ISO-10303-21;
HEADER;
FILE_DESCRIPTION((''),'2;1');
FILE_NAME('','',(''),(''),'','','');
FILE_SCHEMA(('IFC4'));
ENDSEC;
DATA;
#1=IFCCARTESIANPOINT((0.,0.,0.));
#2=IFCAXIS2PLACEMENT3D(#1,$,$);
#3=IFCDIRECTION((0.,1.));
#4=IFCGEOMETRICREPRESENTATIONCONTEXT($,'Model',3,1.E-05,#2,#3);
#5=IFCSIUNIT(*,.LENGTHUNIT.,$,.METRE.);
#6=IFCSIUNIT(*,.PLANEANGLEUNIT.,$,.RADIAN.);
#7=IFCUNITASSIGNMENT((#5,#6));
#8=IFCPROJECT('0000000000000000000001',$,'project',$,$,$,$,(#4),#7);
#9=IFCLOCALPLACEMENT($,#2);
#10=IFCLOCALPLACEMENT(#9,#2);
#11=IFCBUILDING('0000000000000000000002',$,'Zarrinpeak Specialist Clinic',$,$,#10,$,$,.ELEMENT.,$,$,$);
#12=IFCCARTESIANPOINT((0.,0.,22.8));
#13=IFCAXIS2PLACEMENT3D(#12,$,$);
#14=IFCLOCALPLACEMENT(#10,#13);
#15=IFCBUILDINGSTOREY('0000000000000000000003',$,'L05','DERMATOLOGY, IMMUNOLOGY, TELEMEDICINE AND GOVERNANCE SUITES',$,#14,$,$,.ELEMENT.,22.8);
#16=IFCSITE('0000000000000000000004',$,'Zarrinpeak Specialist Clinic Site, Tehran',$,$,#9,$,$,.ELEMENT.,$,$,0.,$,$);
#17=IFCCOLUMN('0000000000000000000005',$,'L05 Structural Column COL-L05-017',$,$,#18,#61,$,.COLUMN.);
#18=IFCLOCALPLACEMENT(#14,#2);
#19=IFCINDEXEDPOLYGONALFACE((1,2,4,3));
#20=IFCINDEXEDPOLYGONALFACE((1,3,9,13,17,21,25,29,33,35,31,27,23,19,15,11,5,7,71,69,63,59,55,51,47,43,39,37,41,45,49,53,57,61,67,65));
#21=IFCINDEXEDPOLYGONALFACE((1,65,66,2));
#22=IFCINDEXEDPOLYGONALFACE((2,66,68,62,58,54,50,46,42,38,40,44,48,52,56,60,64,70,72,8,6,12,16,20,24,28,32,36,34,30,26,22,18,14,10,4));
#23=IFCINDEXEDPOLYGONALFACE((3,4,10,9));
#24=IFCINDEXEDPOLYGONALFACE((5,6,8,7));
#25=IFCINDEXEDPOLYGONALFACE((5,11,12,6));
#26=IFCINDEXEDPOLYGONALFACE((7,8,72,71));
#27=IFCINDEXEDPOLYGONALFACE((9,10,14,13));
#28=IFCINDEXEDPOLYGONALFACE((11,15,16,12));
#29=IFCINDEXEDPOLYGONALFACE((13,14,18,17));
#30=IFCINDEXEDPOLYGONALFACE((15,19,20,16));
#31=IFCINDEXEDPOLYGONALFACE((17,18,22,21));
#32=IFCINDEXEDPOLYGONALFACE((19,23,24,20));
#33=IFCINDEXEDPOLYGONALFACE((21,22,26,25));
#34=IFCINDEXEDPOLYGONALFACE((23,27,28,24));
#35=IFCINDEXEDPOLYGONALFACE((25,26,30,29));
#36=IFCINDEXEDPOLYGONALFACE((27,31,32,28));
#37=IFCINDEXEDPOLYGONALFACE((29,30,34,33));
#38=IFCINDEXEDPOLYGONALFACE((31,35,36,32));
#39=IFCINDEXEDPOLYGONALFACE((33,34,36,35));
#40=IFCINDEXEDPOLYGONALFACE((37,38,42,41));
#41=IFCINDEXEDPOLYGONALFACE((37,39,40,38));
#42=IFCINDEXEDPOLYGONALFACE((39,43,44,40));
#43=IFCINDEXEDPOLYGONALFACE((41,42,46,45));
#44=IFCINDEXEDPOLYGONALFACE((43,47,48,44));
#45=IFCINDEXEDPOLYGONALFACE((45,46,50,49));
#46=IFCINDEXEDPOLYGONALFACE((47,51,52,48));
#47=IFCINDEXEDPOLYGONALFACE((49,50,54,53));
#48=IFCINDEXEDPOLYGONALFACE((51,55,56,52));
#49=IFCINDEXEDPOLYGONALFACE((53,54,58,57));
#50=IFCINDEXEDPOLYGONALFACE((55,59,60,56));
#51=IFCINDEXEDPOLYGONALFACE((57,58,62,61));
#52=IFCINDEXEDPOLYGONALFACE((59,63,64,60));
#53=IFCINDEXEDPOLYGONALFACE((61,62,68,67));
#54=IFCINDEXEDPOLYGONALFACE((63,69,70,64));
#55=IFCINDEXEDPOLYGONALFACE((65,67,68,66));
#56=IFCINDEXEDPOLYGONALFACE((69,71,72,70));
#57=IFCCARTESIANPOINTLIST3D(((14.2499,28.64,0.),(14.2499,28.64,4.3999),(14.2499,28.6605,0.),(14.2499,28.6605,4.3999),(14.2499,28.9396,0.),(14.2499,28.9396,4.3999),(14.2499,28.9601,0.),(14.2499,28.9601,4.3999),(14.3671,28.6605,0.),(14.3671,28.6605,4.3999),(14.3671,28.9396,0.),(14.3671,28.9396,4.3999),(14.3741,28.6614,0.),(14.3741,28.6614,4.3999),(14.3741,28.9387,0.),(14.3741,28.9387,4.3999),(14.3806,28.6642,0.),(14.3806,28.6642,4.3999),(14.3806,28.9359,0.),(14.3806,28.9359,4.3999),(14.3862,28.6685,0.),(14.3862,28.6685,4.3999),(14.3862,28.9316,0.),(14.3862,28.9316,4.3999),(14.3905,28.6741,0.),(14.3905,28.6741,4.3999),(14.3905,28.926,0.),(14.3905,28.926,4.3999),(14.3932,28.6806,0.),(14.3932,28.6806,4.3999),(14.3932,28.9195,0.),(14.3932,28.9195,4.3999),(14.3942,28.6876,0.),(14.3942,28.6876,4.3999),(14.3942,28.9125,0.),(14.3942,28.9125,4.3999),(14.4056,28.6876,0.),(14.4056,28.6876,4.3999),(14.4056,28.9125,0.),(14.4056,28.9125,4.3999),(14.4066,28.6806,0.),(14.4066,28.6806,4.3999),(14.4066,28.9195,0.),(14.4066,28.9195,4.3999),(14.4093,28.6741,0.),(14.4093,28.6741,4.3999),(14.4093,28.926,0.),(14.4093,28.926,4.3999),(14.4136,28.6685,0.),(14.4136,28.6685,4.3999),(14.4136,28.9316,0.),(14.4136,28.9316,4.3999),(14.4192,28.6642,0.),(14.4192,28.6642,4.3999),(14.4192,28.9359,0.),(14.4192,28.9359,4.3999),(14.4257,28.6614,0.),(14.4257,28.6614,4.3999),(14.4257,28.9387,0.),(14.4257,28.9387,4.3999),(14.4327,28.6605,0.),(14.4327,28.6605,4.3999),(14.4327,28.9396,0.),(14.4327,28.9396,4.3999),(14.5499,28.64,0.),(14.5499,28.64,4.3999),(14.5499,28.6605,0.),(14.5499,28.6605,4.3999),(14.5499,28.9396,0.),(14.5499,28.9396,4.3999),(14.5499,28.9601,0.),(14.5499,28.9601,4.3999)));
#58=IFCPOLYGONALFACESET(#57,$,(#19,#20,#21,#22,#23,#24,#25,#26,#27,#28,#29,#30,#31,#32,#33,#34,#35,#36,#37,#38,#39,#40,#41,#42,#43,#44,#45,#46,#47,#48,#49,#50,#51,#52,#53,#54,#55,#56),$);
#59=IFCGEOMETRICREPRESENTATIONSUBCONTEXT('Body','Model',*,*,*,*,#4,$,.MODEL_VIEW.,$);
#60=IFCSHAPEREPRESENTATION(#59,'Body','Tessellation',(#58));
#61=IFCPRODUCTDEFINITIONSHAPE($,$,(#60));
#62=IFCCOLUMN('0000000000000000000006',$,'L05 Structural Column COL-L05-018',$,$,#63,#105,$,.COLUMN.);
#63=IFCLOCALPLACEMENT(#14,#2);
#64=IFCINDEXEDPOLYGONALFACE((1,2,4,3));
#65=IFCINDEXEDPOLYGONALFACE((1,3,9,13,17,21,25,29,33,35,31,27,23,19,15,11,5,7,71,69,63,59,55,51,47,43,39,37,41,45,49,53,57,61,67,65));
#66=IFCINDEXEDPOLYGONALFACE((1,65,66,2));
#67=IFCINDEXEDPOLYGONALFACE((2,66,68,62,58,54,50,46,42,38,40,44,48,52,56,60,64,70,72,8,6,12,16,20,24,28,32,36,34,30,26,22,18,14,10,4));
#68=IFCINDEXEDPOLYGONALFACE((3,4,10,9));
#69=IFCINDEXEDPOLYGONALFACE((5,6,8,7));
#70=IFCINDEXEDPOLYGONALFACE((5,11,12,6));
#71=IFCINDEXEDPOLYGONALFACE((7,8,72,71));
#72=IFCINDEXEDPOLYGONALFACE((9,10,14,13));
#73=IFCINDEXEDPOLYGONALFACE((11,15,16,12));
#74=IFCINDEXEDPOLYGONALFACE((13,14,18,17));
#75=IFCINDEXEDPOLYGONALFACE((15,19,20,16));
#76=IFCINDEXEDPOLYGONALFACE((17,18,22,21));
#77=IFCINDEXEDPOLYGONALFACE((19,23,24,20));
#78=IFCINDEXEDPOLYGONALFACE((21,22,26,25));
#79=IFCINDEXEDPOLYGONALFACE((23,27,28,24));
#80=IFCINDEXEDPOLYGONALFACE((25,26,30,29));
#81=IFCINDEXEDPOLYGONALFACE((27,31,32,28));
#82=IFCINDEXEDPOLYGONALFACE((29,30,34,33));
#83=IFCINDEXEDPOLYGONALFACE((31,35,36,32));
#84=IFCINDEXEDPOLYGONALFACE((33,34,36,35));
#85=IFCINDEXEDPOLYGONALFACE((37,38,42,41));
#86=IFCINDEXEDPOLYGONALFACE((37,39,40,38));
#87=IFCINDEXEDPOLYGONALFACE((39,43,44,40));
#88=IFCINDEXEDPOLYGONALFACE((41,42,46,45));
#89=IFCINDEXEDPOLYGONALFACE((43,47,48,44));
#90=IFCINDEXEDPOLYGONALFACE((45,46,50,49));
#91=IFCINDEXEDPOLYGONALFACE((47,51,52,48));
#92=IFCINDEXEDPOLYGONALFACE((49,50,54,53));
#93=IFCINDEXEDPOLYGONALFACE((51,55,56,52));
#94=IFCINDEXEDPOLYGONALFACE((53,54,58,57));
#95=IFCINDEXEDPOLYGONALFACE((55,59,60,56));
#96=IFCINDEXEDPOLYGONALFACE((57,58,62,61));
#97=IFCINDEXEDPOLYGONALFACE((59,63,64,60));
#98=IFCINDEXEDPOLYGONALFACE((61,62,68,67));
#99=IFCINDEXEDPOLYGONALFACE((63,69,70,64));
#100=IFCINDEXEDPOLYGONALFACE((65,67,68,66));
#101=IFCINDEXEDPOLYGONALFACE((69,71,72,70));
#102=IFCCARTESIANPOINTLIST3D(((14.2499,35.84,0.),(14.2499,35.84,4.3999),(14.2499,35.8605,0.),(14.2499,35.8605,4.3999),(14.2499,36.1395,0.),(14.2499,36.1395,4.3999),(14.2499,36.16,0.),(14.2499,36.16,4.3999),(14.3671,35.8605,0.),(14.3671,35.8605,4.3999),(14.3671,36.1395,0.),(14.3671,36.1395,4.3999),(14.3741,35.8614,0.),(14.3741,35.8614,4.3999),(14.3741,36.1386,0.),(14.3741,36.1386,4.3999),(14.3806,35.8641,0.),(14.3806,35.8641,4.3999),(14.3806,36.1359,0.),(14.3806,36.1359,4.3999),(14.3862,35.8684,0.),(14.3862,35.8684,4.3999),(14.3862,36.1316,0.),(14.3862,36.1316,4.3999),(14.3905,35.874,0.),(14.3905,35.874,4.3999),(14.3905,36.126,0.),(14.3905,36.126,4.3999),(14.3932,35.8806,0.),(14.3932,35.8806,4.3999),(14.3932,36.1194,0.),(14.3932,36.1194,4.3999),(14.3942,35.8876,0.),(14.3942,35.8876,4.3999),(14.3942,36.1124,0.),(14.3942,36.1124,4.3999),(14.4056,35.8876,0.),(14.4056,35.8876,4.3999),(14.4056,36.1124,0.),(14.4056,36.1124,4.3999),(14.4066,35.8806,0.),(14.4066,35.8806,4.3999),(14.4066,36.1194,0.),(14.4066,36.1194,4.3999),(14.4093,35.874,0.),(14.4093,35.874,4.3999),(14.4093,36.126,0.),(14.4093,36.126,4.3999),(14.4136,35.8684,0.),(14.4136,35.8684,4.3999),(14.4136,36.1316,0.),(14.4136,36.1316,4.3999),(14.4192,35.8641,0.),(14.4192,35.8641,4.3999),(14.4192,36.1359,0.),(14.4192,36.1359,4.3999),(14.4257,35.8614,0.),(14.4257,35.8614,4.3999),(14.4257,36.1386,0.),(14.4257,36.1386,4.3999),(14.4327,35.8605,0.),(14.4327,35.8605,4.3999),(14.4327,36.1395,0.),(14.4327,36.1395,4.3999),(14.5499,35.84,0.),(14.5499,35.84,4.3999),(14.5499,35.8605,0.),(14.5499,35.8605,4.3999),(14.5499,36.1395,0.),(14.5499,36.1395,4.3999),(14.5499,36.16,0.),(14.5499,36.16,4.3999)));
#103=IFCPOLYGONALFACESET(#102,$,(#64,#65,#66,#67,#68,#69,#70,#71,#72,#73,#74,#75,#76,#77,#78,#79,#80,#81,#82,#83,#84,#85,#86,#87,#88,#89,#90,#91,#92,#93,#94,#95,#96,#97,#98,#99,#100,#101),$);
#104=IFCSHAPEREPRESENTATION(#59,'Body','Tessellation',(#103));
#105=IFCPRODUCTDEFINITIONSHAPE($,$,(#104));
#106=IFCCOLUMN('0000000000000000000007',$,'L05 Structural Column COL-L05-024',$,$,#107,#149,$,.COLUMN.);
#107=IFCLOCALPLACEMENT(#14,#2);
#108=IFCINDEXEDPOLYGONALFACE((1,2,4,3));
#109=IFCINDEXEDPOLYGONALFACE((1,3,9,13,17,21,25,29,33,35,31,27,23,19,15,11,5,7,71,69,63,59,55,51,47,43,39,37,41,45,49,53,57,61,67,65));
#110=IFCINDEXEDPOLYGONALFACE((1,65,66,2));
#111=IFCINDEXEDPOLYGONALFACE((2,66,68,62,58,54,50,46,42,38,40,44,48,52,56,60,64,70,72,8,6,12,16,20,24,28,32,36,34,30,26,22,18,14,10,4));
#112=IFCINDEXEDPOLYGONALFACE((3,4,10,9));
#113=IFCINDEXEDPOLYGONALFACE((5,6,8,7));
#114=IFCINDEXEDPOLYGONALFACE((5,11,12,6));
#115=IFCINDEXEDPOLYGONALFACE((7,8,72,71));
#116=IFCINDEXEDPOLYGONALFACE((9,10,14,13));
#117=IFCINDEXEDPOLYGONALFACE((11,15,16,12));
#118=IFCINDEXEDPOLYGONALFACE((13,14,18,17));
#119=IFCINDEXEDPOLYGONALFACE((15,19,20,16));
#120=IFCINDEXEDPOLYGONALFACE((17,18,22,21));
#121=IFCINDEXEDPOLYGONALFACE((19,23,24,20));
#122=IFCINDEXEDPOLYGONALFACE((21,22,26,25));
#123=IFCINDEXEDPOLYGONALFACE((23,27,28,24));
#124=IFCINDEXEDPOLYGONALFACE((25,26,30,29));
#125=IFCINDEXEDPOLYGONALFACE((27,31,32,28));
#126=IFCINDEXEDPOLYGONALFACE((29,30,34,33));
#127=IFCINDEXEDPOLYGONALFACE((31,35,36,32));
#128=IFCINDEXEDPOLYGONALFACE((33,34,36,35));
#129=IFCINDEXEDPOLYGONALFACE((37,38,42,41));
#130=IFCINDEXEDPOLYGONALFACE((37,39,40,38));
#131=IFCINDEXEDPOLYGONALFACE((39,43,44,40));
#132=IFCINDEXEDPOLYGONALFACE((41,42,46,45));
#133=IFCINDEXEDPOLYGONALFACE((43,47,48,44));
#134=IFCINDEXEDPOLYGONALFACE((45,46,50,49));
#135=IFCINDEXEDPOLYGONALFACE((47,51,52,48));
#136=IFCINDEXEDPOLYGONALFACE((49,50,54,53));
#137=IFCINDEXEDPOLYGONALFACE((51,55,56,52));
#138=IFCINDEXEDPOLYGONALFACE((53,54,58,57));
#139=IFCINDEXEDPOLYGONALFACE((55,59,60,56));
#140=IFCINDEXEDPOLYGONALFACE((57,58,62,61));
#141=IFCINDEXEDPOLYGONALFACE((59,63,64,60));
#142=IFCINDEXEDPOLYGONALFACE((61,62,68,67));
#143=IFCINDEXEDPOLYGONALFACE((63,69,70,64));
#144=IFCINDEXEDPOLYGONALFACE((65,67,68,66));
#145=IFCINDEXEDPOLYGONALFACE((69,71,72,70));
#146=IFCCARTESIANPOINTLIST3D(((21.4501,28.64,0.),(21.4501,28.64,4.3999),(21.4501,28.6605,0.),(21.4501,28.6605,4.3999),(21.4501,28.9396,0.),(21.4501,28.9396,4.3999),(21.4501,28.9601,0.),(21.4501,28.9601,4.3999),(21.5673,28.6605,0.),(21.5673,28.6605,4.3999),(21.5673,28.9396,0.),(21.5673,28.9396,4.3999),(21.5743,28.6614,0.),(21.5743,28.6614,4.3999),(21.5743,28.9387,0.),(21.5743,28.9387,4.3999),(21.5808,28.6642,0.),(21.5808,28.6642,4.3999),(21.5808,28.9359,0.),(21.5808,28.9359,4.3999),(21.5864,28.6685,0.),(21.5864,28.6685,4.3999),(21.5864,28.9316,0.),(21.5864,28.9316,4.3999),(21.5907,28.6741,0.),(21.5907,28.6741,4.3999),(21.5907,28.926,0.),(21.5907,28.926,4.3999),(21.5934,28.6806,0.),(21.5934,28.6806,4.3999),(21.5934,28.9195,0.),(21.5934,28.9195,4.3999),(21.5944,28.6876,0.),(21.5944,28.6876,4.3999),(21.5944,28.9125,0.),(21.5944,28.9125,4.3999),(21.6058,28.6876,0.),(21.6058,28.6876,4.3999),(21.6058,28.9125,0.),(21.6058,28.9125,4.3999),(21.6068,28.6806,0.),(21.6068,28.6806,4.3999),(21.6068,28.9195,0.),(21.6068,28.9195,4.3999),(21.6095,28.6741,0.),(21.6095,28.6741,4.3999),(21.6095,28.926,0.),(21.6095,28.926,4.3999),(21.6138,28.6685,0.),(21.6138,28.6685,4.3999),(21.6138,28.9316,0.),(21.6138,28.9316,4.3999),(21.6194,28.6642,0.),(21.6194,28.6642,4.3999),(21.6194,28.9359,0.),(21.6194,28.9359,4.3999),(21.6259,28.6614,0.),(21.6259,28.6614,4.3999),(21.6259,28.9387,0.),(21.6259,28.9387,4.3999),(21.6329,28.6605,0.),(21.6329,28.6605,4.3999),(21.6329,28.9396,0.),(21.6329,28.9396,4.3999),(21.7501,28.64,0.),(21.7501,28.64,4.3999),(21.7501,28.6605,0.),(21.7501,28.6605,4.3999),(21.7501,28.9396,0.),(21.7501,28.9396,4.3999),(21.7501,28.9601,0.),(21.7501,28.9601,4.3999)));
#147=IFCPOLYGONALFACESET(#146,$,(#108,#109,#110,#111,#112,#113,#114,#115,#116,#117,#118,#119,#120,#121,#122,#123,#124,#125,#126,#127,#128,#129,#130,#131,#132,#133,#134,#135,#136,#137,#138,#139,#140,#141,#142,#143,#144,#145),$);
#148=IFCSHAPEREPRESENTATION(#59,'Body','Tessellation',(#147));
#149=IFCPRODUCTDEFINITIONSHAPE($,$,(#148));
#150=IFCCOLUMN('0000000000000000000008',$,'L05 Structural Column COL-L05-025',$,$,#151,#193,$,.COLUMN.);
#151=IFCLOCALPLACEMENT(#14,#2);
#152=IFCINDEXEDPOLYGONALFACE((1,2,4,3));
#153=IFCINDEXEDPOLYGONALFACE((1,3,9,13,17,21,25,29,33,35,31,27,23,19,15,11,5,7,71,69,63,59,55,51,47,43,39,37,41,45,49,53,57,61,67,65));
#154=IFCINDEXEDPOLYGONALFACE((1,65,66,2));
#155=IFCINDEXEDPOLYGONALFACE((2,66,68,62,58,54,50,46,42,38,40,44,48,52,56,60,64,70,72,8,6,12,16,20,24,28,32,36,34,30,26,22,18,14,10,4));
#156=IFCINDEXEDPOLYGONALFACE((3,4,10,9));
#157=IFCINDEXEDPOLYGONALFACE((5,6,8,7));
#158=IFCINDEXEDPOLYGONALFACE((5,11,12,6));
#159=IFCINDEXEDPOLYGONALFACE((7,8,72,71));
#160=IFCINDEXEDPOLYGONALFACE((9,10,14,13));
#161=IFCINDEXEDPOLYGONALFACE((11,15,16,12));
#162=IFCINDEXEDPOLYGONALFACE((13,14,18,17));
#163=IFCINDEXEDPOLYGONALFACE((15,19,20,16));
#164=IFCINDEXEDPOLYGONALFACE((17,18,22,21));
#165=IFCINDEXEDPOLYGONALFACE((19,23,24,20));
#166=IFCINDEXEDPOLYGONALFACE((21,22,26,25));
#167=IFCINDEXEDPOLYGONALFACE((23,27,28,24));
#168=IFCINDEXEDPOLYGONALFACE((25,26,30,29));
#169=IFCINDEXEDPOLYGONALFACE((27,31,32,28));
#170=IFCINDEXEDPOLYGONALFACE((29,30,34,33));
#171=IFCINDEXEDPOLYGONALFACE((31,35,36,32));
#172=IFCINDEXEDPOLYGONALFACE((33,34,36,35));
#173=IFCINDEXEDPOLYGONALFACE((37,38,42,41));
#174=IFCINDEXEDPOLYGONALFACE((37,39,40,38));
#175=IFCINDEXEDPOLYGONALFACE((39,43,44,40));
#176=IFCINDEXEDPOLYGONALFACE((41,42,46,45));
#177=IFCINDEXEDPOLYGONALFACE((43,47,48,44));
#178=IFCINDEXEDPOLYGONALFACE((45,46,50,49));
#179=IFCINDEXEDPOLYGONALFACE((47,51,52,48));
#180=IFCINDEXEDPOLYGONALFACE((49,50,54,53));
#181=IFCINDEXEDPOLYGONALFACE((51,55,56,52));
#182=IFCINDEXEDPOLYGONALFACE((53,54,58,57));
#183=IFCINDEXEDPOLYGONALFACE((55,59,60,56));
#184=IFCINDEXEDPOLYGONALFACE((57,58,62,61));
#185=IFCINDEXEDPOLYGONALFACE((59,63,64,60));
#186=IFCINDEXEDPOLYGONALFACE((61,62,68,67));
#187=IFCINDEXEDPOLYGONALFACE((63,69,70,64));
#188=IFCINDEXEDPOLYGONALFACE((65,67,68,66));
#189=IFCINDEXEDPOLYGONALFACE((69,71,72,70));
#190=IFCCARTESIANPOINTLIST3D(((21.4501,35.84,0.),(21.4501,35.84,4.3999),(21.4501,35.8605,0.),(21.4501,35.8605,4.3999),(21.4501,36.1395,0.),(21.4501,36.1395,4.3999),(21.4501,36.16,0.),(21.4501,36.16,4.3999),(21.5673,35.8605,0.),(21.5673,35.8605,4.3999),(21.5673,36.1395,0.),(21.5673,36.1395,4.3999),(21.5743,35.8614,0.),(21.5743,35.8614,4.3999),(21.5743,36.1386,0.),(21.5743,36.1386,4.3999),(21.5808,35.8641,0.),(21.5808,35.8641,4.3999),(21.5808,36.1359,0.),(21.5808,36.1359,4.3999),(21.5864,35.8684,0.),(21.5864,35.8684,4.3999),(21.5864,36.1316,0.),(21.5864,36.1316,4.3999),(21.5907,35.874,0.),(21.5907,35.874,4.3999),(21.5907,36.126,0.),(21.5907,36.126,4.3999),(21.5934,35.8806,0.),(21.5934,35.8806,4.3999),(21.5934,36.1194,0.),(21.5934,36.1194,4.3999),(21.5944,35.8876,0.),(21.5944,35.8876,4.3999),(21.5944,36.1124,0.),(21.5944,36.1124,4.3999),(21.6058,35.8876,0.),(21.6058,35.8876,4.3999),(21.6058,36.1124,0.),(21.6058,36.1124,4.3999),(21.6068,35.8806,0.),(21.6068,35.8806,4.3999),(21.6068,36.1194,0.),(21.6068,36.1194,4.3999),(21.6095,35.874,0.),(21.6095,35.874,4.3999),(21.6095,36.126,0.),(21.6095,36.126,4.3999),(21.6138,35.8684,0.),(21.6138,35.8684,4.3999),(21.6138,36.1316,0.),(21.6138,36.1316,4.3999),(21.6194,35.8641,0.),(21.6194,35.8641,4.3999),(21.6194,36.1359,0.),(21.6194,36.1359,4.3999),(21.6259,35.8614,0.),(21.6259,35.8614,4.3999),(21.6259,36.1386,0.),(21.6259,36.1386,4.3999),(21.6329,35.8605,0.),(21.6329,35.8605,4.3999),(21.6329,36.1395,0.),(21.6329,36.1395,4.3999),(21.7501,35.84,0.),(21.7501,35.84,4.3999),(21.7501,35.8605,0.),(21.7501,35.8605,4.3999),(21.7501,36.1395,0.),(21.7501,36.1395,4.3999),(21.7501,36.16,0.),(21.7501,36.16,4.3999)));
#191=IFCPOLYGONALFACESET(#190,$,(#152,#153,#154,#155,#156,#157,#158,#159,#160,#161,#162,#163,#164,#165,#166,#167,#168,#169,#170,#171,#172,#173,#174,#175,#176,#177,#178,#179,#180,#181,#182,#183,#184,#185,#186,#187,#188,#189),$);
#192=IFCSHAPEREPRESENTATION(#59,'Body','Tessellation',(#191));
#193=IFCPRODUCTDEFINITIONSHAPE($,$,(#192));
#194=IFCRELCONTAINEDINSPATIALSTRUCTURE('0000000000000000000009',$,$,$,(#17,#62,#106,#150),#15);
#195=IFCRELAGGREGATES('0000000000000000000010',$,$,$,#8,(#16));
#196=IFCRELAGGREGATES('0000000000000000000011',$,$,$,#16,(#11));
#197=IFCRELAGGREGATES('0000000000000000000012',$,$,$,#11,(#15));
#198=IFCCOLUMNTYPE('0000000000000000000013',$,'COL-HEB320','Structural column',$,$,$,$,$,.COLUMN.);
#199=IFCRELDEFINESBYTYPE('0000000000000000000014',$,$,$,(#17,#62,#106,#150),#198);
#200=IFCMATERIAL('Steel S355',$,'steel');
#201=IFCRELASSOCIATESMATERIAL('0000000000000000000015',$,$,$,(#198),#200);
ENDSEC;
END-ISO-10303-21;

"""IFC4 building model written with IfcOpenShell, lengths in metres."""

from ifc_helpers import new_model, si_unit, direction, frame, origin, origin_2d, place, context, subcontext, project, spatial, i_section, extrude, material, material_profile, profile_set, type_object, element, save


model = new_model("IFC4")

# Units and contexts
model_context = context("Model", 3, precision=1e-05, world=origin(), true_north=direction((0.0, 1.0)))
body_context = subcontext(model_context, "Body", "Model", "MODEL_VIEW")
ifc_project = project(units=[si_unit("LENGTHUNIT", "METRE"), si_unit("PLANEANGLEUNIT", "RADIAN")], contexts=[model_context])

# Site, building, storey
site_placement = place(None, origin())
site = spatial("IfcSite", under=ifc_project, at=site_placement, Name="Zarrinpeak Specialist Clinic Site, Tehran", CompositionType="ELEMENT", RefElevation=0.0)
building_placement = place(site_placement, origin())
building = spatial("IfcBuilding", under=site, at=building_placement, Name="Zarrinpeak Specialist Clinic", CompositionType="ELEMENT")
storey_placement = place(building_placement, frame((0.0, 0.0, 22.8)))
storey = spatial("IfcBuildingStorey", under=building, at=storey_placement, Name="L05", Description="DERMATOLOGY, IMMUNOLOGY, TELEMEDICINE AND GOVERNANCE SUITES", CompositionType="ELEMENT", Elevation=22.8)

# Columns
ifc_material_1 = material(Name="Steel S355", Category="steel")
ifc_material_profile_1 = material_profile(ifc_material_1, i_section(OverallWidth=0.3, OverallDepth=0.3201, WebThickness=0.0115, FlangeThickness=0.0205, FilletRadius=0.0271, at=origin_2d()), Name="HEB 320")
ifc_profile_set_1 = profile_set([ifc_material_profile_1], Name="Steel S355")
column_type = type_object("IfcColumnType", Name="COL-HEB320", Description="Structural column", PredefinedType="COLUMN", material=ifc_profile_set_1)
for number, where, z_axis, x_axis, name in (
    (1, (14.3999, 28.8, 0.0), (0.0, 0.0, 1.0), (1.0, 0.0, 0.0), "L05 Structural Column COL-L05-017"),
    (2, (14.3999, 36.0, 0.0), (0.0, 0.0, 1.0), (1.0, 0.0, 0.0), "L05 Structural Column COL-L05-018"),
    (3, (21.6001, 28.8, 0.0), (0.0, 0.0, 1.0), (1.0, 0.0, 0.0), "L05 Structural Column COL-L05-024"),
    (4, (21.6001, 36.0, 0.0), (0.0, 0.0, 1.0), (1.0, 0.0, 0.0), "L05 Structural Column COL-L05-025"),
):
    element("IfcColumn", number, at=place(storey_placement, frame(where, z_axis=z_axis, x_axis=x_axis)), inside=storey, type_object=column_type, Name=name, PredefinedType="COLUMN", context=body_context, shape_type="SweptSolid", body=[
        extrude(i_section(OverallWidth=0.3, OverallDepth=0.3201, WebThickness=0.0115, FlangeThickness=0.0205, FilletRadius=0.0271, at=origin_2d()), origin(), (0.0, 0.0, 1.0), 4.3999),
    ])

save(model, "model.ifc")
